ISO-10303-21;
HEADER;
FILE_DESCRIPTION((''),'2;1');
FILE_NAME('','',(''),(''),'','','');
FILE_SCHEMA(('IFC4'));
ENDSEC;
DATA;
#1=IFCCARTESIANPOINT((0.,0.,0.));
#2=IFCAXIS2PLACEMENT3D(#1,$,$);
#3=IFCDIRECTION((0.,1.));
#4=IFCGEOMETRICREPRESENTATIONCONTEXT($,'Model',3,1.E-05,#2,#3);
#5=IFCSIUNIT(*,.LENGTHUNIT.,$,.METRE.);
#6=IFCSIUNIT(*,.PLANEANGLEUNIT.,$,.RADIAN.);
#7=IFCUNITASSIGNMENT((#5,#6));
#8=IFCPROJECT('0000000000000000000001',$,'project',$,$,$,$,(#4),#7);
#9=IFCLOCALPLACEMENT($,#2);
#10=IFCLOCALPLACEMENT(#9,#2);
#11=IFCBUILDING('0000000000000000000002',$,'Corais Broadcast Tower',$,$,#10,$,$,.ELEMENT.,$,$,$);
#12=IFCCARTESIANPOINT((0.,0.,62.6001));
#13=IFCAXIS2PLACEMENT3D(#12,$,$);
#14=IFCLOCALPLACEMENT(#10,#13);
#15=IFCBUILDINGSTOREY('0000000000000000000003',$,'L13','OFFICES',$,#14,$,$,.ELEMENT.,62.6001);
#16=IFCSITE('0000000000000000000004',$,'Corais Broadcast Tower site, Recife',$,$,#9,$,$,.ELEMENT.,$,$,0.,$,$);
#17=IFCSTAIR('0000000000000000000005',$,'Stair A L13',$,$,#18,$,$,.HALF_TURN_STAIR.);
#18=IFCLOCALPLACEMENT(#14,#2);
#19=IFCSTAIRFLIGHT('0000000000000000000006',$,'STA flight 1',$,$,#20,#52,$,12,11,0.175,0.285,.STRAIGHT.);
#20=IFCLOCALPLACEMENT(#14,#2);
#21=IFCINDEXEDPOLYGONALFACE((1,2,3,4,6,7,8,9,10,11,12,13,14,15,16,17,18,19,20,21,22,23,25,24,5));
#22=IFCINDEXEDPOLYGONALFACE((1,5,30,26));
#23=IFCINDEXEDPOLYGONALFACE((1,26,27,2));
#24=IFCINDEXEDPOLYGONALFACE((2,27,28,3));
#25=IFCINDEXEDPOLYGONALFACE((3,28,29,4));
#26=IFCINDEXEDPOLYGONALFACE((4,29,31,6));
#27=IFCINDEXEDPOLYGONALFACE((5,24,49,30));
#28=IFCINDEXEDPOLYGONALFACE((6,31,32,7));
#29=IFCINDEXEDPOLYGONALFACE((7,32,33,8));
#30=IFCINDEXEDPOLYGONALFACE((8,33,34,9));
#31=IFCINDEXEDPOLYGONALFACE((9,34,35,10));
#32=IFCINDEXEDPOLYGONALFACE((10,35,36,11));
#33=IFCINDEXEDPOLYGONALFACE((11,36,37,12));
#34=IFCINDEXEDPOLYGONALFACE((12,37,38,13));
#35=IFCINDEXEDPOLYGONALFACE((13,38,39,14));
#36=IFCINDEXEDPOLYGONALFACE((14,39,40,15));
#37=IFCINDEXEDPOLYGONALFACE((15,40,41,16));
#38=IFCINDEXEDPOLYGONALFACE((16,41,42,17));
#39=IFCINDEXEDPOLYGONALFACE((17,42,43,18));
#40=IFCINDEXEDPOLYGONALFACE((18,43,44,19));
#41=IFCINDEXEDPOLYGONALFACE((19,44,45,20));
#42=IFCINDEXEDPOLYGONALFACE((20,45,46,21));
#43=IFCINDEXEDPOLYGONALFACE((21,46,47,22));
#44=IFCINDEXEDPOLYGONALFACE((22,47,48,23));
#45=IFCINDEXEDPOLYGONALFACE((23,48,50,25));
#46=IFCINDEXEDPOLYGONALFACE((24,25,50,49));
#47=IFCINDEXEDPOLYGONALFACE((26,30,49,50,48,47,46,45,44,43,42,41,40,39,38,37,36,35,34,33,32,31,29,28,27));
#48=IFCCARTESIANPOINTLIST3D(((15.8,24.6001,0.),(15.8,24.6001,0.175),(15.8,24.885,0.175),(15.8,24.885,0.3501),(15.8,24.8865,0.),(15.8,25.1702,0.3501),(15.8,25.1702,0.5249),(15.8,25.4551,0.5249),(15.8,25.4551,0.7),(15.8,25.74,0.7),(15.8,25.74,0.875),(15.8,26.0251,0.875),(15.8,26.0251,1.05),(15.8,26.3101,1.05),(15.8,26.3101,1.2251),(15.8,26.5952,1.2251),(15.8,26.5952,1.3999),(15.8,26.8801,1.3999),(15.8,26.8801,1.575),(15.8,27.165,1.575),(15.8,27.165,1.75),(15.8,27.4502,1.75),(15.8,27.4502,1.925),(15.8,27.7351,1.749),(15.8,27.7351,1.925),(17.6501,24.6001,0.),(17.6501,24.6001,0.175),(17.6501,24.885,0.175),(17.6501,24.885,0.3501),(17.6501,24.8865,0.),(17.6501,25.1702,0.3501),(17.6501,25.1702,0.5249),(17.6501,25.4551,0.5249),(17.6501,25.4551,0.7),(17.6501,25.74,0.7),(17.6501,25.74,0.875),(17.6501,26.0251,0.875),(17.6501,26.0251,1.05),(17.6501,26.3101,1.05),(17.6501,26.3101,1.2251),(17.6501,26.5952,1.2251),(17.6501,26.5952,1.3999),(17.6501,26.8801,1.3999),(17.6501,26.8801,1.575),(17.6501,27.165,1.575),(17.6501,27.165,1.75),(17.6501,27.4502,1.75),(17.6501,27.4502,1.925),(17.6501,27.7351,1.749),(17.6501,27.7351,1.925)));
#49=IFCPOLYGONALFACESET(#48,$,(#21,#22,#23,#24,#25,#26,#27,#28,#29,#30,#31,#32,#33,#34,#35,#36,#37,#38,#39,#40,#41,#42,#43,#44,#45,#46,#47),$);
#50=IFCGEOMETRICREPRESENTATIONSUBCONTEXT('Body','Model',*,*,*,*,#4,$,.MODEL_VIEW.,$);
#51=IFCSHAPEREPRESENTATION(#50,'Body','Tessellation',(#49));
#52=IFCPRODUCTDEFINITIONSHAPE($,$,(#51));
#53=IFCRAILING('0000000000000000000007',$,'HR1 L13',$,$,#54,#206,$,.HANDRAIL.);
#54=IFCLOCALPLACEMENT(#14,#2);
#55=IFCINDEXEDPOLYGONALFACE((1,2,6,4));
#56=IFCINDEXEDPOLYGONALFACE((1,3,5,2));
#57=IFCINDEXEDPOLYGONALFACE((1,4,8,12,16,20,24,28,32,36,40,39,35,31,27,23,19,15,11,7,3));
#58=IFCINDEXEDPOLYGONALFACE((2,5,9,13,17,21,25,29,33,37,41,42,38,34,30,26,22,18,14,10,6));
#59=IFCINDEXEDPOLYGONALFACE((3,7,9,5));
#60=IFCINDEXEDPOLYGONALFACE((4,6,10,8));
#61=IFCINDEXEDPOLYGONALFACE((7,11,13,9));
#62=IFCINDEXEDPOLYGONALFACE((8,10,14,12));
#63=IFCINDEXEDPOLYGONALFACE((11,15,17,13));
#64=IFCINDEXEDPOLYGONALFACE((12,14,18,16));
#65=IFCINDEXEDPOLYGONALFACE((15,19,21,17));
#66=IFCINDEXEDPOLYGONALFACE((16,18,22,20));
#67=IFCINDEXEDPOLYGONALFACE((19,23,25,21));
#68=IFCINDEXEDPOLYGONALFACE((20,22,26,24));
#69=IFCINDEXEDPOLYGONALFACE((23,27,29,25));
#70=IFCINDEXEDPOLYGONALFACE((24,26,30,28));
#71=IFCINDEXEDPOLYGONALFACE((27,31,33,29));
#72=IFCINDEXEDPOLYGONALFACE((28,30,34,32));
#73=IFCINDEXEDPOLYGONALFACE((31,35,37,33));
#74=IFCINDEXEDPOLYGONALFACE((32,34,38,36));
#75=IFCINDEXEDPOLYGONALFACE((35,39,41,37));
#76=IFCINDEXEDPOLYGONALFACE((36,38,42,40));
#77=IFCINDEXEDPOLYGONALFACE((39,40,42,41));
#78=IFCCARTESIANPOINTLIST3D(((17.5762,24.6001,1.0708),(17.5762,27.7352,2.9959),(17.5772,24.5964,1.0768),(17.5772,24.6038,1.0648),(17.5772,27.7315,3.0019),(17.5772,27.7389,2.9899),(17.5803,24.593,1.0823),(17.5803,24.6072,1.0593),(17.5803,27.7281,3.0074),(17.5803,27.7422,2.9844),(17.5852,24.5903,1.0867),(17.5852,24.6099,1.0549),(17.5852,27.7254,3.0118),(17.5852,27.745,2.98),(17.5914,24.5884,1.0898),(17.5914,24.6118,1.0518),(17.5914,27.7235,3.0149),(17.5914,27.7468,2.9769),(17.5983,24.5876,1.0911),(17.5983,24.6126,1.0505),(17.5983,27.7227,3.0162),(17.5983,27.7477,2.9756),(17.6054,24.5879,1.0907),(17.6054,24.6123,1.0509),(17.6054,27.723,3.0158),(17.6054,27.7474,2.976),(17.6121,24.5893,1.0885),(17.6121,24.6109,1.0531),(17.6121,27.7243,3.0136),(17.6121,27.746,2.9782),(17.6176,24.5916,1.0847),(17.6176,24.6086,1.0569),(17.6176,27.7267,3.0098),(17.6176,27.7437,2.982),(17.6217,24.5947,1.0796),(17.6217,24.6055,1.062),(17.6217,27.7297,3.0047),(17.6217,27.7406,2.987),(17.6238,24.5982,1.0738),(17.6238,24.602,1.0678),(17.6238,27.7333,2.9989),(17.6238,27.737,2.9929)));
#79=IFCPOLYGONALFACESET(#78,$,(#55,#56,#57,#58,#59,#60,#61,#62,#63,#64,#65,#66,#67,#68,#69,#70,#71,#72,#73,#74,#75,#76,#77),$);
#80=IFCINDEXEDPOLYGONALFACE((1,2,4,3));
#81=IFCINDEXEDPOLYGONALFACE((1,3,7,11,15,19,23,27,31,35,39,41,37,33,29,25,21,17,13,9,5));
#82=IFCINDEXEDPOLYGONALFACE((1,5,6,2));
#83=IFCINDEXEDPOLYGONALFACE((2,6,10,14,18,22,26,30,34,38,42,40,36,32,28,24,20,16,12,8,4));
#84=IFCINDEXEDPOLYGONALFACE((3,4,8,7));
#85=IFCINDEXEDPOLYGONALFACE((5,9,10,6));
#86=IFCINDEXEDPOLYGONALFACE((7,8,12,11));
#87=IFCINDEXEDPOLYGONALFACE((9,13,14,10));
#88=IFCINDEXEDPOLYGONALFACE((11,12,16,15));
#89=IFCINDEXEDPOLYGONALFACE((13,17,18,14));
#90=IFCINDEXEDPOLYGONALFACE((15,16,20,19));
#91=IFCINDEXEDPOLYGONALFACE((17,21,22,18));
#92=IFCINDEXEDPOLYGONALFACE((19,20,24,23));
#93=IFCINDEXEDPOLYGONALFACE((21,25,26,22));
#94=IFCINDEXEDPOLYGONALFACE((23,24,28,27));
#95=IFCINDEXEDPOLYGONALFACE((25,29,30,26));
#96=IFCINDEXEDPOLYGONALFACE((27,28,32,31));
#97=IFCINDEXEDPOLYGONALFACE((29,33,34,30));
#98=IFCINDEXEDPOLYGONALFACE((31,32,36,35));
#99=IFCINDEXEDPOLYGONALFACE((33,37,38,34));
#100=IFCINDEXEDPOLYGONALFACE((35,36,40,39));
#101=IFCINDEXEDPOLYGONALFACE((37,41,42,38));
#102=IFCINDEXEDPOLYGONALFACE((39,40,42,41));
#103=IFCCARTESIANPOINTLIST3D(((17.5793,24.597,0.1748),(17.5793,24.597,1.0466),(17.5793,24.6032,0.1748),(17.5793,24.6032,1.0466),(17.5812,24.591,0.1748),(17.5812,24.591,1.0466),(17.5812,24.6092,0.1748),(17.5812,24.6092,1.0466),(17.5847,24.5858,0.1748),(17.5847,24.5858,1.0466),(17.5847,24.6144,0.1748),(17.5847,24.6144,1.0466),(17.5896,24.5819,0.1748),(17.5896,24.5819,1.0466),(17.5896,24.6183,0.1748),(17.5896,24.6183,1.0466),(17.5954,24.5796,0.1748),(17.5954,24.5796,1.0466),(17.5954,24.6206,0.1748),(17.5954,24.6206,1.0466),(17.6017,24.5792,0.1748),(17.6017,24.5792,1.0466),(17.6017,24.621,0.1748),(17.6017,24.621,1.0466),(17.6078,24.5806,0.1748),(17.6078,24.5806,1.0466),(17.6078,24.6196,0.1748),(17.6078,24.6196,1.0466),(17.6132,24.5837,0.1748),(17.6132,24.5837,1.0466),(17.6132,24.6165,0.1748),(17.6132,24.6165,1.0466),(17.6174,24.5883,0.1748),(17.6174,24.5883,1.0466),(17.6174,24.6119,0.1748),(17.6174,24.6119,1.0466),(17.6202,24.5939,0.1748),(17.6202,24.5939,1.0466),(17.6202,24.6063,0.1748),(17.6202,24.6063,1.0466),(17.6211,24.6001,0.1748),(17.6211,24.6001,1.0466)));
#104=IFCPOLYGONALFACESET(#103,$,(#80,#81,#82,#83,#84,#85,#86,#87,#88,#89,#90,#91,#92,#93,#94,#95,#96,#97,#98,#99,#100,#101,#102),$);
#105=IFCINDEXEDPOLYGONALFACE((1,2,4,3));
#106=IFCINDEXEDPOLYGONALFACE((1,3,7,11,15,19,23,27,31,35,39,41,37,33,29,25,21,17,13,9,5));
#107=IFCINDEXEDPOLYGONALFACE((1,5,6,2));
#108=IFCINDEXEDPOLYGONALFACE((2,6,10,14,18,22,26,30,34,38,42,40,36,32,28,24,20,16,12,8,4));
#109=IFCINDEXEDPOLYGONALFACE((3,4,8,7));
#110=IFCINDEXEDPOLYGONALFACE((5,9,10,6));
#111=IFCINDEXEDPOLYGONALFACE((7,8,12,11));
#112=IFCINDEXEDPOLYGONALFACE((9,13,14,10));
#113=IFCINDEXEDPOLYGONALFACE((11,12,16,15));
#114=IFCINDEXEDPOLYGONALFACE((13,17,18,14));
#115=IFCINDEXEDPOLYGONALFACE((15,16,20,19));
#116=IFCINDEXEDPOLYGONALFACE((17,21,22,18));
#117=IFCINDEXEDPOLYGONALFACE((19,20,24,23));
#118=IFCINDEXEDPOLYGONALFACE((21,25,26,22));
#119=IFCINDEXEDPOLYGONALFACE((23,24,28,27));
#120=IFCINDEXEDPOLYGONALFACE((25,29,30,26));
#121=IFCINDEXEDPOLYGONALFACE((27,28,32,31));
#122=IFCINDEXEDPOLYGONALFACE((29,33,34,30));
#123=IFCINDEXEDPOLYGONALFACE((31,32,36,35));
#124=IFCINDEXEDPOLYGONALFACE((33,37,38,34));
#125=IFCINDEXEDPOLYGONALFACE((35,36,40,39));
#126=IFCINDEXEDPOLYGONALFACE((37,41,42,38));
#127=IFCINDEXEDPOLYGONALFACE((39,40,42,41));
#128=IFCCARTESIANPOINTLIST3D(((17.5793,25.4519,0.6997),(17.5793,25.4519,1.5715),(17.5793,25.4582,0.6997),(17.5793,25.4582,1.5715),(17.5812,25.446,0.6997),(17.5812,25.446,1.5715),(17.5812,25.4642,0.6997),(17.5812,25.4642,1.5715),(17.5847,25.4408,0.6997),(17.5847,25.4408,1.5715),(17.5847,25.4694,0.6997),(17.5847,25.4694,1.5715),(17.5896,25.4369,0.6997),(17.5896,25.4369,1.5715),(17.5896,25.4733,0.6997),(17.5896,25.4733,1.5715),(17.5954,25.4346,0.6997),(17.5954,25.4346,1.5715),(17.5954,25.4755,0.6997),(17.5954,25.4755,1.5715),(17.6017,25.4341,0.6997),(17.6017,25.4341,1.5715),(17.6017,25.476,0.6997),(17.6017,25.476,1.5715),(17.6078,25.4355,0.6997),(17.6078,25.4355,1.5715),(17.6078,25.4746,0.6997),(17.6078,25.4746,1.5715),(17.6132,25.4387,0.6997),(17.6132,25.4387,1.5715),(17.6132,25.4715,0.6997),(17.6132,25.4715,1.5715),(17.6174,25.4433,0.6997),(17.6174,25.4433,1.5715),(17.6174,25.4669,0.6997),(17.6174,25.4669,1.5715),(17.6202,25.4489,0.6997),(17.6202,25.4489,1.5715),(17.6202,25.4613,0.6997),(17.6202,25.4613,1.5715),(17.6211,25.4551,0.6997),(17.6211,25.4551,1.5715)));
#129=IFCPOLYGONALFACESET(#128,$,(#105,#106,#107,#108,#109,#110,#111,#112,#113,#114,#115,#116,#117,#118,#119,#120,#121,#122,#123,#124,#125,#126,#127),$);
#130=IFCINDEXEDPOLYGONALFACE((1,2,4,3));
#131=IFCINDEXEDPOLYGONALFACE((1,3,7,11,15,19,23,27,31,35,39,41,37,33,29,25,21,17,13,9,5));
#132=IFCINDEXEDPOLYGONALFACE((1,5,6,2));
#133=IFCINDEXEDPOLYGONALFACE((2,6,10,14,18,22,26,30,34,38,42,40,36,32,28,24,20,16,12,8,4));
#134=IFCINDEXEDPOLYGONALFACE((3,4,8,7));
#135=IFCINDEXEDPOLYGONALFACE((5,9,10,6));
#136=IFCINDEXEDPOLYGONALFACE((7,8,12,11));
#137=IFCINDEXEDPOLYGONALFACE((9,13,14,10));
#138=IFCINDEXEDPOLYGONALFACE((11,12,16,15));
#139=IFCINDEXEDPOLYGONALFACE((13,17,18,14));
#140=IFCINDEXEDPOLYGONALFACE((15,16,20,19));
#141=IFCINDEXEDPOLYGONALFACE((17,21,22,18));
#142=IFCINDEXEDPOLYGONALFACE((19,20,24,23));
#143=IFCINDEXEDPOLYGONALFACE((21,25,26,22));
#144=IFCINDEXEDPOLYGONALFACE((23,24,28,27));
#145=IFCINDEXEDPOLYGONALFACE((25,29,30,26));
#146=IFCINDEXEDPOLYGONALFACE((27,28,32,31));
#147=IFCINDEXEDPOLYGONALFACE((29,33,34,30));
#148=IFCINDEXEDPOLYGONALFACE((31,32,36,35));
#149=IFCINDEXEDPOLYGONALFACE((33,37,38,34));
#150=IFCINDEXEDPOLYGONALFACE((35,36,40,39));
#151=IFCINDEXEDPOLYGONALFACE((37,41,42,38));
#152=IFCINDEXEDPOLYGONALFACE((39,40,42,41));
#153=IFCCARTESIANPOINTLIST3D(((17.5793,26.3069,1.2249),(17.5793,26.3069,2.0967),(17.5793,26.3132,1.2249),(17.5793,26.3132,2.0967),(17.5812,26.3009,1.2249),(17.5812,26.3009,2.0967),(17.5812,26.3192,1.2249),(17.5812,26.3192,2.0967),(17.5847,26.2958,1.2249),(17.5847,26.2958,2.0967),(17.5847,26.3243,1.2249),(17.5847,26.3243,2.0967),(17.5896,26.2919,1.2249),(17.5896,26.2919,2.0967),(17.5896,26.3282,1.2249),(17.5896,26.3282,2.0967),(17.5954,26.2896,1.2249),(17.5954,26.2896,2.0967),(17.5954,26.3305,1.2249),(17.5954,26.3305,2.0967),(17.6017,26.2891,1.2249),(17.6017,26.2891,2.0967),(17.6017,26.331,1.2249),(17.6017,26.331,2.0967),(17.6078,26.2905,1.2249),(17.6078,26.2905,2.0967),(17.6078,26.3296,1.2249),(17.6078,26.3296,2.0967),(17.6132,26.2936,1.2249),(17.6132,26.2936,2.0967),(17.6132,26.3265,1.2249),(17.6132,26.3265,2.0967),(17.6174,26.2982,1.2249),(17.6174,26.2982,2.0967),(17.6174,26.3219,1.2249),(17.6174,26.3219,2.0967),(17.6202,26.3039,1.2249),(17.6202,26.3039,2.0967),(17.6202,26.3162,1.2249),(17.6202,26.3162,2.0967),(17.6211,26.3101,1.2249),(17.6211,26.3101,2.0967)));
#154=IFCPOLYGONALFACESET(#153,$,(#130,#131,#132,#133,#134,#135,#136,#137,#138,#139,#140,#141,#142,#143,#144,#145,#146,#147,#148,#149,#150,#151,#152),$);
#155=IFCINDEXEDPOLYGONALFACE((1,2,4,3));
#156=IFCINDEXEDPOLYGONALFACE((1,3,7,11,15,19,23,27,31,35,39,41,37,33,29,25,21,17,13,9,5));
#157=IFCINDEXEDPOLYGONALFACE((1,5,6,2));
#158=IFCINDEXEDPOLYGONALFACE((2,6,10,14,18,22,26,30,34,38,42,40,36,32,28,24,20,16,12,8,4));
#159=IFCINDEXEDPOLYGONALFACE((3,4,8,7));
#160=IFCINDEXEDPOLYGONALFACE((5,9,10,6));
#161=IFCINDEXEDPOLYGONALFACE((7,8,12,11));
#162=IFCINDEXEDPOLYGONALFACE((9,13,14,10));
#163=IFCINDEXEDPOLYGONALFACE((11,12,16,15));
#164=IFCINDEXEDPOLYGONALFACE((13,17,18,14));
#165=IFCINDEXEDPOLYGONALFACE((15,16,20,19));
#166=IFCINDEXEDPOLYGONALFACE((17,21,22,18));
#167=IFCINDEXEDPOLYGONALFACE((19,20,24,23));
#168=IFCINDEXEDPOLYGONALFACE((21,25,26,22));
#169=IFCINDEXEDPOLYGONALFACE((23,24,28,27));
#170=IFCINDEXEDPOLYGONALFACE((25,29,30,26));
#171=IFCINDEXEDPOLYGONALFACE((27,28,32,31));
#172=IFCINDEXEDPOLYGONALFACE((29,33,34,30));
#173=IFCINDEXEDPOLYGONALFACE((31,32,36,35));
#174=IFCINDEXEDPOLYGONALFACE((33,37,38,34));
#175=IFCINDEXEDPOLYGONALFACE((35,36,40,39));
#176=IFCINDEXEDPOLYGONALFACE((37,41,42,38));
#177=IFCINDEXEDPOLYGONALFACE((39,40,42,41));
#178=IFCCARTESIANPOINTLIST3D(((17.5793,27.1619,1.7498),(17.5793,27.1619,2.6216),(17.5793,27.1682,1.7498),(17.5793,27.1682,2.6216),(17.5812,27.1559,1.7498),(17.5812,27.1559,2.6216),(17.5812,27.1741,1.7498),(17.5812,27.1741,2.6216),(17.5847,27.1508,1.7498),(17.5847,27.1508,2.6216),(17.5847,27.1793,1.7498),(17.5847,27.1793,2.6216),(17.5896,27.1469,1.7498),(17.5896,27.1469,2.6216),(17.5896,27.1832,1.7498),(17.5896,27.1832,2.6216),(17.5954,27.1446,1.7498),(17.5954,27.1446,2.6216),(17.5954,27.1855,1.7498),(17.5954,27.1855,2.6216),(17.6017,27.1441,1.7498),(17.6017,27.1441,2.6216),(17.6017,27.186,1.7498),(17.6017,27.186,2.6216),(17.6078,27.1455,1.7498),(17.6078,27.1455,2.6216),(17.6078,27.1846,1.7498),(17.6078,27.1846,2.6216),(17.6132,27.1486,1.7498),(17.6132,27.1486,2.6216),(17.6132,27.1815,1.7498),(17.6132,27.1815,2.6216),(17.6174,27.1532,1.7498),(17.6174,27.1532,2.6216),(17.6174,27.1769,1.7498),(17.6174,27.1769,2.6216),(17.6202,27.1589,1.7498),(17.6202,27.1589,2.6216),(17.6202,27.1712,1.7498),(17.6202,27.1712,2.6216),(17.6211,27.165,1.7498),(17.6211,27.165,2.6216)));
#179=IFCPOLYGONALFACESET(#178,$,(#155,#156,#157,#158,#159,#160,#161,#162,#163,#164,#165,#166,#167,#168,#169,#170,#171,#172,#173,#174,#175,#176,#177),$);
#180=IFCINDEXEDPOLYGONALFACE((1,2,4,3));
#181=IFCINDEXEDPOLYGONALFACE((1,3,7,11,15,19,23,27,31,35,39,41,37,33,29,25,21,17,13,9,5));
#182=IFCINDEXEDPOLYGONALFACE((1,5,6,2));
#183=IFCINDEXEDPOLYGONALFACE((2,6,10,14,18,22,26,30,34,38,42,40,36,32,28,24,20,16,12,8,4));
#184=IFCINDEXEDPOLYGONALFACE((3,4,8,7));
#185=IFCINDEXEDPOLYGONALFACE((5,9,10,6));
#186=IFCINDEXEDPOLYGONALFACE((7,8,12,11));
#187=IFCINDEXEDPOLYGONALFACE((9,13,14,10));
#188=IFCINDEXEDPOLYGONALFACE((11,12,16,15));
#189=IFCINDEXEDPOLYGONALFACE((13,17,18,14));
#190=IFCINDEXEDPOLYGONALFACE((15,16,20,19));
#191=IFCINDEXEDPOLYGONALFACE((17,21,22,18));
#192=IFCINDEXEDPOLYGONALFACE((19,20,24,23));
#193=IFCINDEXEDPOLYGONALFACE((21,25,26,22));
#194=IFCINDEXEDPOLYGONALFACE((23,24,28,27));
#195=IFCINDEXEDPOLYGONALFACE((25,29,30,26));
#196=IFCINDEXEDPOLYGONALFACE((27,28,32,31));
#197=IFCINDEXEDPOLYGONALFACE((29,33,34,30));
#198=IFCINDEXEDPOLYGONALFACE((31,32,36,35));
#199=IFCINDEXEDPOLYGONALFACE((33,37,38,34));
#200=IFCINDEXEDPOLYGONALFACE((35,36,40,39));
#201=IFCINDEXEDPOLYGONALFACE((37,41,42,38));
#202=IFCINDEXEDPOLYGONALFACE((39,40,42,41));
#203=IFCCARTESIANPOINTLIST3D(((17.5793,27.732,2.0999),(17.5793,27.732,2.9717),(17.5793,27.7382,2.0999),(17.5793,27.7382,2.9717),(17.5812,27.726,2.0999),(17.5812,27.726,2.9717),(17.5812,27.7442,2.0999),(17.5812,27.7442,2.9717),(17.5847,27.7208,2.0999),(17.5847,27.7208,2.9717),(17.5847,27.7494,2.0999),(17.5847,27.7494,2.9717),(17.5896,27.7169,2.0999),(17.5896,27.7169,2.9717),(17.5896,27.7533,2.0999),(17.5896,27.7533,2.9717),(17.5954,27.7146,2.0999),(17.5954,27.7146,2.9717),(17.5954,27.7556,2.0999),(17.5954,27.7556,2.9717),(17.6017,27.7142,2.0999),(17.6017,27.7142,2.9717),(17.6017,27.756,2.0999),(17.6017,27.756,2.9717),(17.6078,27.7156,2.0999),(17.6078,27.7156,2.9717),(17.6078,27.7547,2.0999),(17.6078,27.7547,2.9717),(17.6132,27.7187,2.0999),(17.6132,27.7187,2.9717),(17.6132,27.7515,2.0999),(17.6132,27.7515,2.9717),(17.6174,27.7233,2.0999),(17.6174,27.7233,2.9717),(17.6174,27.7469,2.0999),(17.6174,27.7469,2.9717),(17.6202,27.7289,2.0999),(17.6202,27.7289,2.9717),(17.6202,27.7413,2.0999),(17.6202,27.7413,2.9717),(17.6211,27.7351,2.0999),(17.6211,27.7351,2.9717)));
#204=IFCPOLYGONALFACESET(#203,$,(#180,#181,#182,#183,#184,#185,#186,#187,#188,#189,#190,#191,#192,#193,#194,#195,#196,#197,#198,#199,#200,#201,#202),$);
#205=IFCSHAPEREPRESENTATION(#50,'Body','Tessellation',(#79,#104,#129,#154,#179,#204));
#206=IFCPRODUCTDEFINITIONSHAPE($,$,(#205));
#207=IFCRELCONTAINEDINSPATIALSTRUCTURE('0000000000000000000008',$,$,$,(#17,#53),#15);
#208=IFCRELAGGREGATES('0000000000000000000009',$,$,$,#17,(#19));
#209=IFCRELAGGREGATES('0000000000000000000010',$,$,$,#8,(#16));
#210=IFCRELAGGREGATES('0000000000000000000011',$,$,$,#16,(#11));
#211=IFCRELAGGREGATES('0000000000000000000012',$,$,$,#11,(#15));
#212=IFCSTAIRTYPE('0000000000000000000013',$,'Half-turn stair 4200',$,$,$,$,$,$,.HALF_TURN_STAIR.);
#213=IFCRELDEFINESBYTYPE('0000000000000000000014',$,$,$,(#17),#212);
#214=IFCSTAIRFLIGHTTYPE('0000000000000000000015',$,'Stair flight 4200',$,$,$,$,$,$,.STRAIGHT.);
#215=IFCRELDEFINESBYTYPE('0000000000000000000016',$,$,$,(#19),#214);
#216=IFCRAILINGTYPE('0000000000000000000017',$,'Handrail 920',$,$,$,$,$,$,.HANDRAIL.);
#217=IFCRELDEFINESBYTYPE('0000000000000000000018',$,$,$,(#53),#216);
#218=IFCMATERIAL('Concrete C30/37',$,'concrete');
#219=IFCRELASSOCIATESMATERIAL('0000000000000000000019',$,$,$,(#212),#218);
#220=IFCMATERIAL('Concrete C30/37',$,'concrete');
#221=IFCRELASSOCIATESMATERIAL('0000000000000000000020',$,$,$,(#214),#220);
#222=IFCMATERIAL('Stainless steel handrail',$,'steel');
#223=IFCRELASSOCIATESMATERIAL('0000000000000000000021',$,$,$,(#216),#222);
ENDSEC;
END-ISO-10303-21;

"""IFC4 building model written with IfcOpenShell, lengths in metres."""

from ifc_helpers import new_model, si_unit, direction, frame, origin, origin_2d, place, context, subcontext, project, spatial, polyline, circle, outline, extrude, material, type_object, element, aggregate, save


model = new_model("IFC4")

# Units and contexts
model_context = context("Model", 3, precision=1e-05, world=origin(), true_north=direction((0.0, 1.0)))
body_context = subcontext(model_context, "Body", "Model", "MODEL_VIEW")
ifc_project = project(units=[si_unit("LENGTHUNIT", "METRE"), si_unit("PLANEANGLEUNIT", "RADIAN")], contexts=[model_context])

# Site, building, storey
site_placement = place(None, origin())
site = spatial("IfcSite", under=ifc_project, at=site_placement, Name="Corais Broadcast Tower site, Recife", CompositionType="ELEMENT", RefElevation=0.0)
building_placement = place(site_placement, origin())
building = spatial("IfcBuilding", under=site, at=building_placement, Name="Corais Broadcast Tower", CompositionType="ELEMENT")
storey_placement = place(building_placement, frame((0.0, 0.0, 62.6001)))
storey = spatial("IfcBuildingStorey", under=building, at=storey_placement, Name="L13", Description="OFFICES", CompositionType="ELEMENT", Elevation=62.6001)

# Stair, stair flight
ifc_material_1 = material(Name="Concrete C30/37", Category="concrete")
stair_type = type_object("IfcStairType", Name="Half-turn stair 4200", PredefinedType="HALF_TURN_STAIR", material=ifc_material_1)
stair_placement = place(storey_placement, origin())
stair = element("IfcStair", 1, at=stair_placement, inside=storey, type_object=stair_type, Name="Stair A L13", PredefinedType="HALF_TURN_STAIR")
ifc_material_2 = material(Name="Concrete C30/37", Category="concrete")
stair_flight_type = type_object("IfcStairFlightType", Name="Stair flight 4200", PredefinedType="STRAIGHT", material=ifc_material_2)
stair_flight_placement = place(storey_placement, frame((16.7251, 24.6001, 0.0), z_axis=(0.0, 0.0, 1.0), x_axis=(0.0, 1.0, 0.0)))
stair_flight = element("IfcStairFlight", 2, at=stair_flight_placement, type_object=stair_flight_type, Name="STA flight 1", NumberOfRisers=12, NumberOfTreads=11, PredefinedType="STRAIGHT", RiserHeight=0.175, TreadLength=0.285, context=body_context, shape_type="SweptSolid", body=[
    extrude(outline(polyline([(0.0, 0.0), (0.0, 0.175), (0.2849, 0.175), (0.2849, 0.3501), (0.5701, 0.3501), (0.5701, 0.5249), (0.855, 0.5249), (0.855, 0.7), (1.1399, 0.7), (1.1399, 0.875), (1.425, 0.875), (1.425, 1.05), (1.71, 1.05), (1.71, 1.2251), (1.9951, 1.2251), (1.9951, 1.3999), (2.28, 1.3999), (2.28, 1.575), (2.5649, 1.575), (2.5649, 1.75), (2.8501, 1.75), (2.8501, 1.925), (3.135, 1.925), (3.135, 2.1001), (3.135, 1.749), (0.2864, 0.0), (0.0, 0.0)])), frame((0.0, 0.925, 0.0), z_axis=(0.0, -1.0, 0.0), x_axis=(1.0, 0.0, 0.0)), (0.0, 0.0, 1.0), 1.8501),
])
aggregate(stair, [stair_flight])

# Railing
ifc_material_3 = material(Name="Stainless steel handrail", Category="steel")
railing_type = type_object("IfcRailingType", Name="Handrail 920", PredefinedType="HANDRAIL", material=ifc_material_3)
for number, where, name in (
    (3, (17.6001, 24.6001, 0.1748), "HR1 L13"),
):
    element("IfcRailing", number, at=place(storey_placement, frame(where)), inside=storey, type_object=railing_type, Name=name, PredefinedType="HANDRAIL", context=body_context, shape_type="SweptSolid", body=[
        extrude(circle(Radius=0.0239, at=origin_2d()), frame((0.0, 0.0, 0.896), z_axis=(0.0, 0.852166, 0.523271), x_axis=(-1.0, 0.0, 0.0)), (0.0, 0.0, 1.0), 3.679),
        extrude(circle(Radius=0.021, at=origin_2d()), origin(), (0.0, 0.0, 1.0), 0.8718),
        extrude(circle(Radius=0.021, at=origin_2d()), frame((0.0, 0.855, 0.5249)), (0.0, 0.0, 1.0), 0.8718),
        extrude(circle(Radius=0.021, at=origin_2d()), frame((0.0, 1.71, 1.05)), (0.0, 0.0, 1.0), 0.8718),
        extrude(circle(Radius=0.021, at=origin_2d()), frame((0.0, 2.5649, 1.575)), (0.0, 0.0, 1.0), 0.8718),
        extrude(circle(Radius=0.021, at=origin_2d()), frame((0.0, 3.135, 1.925)), (0.0, 0.0, 1.0), 0.8718),
    ])

save(model, "model.ifc")
